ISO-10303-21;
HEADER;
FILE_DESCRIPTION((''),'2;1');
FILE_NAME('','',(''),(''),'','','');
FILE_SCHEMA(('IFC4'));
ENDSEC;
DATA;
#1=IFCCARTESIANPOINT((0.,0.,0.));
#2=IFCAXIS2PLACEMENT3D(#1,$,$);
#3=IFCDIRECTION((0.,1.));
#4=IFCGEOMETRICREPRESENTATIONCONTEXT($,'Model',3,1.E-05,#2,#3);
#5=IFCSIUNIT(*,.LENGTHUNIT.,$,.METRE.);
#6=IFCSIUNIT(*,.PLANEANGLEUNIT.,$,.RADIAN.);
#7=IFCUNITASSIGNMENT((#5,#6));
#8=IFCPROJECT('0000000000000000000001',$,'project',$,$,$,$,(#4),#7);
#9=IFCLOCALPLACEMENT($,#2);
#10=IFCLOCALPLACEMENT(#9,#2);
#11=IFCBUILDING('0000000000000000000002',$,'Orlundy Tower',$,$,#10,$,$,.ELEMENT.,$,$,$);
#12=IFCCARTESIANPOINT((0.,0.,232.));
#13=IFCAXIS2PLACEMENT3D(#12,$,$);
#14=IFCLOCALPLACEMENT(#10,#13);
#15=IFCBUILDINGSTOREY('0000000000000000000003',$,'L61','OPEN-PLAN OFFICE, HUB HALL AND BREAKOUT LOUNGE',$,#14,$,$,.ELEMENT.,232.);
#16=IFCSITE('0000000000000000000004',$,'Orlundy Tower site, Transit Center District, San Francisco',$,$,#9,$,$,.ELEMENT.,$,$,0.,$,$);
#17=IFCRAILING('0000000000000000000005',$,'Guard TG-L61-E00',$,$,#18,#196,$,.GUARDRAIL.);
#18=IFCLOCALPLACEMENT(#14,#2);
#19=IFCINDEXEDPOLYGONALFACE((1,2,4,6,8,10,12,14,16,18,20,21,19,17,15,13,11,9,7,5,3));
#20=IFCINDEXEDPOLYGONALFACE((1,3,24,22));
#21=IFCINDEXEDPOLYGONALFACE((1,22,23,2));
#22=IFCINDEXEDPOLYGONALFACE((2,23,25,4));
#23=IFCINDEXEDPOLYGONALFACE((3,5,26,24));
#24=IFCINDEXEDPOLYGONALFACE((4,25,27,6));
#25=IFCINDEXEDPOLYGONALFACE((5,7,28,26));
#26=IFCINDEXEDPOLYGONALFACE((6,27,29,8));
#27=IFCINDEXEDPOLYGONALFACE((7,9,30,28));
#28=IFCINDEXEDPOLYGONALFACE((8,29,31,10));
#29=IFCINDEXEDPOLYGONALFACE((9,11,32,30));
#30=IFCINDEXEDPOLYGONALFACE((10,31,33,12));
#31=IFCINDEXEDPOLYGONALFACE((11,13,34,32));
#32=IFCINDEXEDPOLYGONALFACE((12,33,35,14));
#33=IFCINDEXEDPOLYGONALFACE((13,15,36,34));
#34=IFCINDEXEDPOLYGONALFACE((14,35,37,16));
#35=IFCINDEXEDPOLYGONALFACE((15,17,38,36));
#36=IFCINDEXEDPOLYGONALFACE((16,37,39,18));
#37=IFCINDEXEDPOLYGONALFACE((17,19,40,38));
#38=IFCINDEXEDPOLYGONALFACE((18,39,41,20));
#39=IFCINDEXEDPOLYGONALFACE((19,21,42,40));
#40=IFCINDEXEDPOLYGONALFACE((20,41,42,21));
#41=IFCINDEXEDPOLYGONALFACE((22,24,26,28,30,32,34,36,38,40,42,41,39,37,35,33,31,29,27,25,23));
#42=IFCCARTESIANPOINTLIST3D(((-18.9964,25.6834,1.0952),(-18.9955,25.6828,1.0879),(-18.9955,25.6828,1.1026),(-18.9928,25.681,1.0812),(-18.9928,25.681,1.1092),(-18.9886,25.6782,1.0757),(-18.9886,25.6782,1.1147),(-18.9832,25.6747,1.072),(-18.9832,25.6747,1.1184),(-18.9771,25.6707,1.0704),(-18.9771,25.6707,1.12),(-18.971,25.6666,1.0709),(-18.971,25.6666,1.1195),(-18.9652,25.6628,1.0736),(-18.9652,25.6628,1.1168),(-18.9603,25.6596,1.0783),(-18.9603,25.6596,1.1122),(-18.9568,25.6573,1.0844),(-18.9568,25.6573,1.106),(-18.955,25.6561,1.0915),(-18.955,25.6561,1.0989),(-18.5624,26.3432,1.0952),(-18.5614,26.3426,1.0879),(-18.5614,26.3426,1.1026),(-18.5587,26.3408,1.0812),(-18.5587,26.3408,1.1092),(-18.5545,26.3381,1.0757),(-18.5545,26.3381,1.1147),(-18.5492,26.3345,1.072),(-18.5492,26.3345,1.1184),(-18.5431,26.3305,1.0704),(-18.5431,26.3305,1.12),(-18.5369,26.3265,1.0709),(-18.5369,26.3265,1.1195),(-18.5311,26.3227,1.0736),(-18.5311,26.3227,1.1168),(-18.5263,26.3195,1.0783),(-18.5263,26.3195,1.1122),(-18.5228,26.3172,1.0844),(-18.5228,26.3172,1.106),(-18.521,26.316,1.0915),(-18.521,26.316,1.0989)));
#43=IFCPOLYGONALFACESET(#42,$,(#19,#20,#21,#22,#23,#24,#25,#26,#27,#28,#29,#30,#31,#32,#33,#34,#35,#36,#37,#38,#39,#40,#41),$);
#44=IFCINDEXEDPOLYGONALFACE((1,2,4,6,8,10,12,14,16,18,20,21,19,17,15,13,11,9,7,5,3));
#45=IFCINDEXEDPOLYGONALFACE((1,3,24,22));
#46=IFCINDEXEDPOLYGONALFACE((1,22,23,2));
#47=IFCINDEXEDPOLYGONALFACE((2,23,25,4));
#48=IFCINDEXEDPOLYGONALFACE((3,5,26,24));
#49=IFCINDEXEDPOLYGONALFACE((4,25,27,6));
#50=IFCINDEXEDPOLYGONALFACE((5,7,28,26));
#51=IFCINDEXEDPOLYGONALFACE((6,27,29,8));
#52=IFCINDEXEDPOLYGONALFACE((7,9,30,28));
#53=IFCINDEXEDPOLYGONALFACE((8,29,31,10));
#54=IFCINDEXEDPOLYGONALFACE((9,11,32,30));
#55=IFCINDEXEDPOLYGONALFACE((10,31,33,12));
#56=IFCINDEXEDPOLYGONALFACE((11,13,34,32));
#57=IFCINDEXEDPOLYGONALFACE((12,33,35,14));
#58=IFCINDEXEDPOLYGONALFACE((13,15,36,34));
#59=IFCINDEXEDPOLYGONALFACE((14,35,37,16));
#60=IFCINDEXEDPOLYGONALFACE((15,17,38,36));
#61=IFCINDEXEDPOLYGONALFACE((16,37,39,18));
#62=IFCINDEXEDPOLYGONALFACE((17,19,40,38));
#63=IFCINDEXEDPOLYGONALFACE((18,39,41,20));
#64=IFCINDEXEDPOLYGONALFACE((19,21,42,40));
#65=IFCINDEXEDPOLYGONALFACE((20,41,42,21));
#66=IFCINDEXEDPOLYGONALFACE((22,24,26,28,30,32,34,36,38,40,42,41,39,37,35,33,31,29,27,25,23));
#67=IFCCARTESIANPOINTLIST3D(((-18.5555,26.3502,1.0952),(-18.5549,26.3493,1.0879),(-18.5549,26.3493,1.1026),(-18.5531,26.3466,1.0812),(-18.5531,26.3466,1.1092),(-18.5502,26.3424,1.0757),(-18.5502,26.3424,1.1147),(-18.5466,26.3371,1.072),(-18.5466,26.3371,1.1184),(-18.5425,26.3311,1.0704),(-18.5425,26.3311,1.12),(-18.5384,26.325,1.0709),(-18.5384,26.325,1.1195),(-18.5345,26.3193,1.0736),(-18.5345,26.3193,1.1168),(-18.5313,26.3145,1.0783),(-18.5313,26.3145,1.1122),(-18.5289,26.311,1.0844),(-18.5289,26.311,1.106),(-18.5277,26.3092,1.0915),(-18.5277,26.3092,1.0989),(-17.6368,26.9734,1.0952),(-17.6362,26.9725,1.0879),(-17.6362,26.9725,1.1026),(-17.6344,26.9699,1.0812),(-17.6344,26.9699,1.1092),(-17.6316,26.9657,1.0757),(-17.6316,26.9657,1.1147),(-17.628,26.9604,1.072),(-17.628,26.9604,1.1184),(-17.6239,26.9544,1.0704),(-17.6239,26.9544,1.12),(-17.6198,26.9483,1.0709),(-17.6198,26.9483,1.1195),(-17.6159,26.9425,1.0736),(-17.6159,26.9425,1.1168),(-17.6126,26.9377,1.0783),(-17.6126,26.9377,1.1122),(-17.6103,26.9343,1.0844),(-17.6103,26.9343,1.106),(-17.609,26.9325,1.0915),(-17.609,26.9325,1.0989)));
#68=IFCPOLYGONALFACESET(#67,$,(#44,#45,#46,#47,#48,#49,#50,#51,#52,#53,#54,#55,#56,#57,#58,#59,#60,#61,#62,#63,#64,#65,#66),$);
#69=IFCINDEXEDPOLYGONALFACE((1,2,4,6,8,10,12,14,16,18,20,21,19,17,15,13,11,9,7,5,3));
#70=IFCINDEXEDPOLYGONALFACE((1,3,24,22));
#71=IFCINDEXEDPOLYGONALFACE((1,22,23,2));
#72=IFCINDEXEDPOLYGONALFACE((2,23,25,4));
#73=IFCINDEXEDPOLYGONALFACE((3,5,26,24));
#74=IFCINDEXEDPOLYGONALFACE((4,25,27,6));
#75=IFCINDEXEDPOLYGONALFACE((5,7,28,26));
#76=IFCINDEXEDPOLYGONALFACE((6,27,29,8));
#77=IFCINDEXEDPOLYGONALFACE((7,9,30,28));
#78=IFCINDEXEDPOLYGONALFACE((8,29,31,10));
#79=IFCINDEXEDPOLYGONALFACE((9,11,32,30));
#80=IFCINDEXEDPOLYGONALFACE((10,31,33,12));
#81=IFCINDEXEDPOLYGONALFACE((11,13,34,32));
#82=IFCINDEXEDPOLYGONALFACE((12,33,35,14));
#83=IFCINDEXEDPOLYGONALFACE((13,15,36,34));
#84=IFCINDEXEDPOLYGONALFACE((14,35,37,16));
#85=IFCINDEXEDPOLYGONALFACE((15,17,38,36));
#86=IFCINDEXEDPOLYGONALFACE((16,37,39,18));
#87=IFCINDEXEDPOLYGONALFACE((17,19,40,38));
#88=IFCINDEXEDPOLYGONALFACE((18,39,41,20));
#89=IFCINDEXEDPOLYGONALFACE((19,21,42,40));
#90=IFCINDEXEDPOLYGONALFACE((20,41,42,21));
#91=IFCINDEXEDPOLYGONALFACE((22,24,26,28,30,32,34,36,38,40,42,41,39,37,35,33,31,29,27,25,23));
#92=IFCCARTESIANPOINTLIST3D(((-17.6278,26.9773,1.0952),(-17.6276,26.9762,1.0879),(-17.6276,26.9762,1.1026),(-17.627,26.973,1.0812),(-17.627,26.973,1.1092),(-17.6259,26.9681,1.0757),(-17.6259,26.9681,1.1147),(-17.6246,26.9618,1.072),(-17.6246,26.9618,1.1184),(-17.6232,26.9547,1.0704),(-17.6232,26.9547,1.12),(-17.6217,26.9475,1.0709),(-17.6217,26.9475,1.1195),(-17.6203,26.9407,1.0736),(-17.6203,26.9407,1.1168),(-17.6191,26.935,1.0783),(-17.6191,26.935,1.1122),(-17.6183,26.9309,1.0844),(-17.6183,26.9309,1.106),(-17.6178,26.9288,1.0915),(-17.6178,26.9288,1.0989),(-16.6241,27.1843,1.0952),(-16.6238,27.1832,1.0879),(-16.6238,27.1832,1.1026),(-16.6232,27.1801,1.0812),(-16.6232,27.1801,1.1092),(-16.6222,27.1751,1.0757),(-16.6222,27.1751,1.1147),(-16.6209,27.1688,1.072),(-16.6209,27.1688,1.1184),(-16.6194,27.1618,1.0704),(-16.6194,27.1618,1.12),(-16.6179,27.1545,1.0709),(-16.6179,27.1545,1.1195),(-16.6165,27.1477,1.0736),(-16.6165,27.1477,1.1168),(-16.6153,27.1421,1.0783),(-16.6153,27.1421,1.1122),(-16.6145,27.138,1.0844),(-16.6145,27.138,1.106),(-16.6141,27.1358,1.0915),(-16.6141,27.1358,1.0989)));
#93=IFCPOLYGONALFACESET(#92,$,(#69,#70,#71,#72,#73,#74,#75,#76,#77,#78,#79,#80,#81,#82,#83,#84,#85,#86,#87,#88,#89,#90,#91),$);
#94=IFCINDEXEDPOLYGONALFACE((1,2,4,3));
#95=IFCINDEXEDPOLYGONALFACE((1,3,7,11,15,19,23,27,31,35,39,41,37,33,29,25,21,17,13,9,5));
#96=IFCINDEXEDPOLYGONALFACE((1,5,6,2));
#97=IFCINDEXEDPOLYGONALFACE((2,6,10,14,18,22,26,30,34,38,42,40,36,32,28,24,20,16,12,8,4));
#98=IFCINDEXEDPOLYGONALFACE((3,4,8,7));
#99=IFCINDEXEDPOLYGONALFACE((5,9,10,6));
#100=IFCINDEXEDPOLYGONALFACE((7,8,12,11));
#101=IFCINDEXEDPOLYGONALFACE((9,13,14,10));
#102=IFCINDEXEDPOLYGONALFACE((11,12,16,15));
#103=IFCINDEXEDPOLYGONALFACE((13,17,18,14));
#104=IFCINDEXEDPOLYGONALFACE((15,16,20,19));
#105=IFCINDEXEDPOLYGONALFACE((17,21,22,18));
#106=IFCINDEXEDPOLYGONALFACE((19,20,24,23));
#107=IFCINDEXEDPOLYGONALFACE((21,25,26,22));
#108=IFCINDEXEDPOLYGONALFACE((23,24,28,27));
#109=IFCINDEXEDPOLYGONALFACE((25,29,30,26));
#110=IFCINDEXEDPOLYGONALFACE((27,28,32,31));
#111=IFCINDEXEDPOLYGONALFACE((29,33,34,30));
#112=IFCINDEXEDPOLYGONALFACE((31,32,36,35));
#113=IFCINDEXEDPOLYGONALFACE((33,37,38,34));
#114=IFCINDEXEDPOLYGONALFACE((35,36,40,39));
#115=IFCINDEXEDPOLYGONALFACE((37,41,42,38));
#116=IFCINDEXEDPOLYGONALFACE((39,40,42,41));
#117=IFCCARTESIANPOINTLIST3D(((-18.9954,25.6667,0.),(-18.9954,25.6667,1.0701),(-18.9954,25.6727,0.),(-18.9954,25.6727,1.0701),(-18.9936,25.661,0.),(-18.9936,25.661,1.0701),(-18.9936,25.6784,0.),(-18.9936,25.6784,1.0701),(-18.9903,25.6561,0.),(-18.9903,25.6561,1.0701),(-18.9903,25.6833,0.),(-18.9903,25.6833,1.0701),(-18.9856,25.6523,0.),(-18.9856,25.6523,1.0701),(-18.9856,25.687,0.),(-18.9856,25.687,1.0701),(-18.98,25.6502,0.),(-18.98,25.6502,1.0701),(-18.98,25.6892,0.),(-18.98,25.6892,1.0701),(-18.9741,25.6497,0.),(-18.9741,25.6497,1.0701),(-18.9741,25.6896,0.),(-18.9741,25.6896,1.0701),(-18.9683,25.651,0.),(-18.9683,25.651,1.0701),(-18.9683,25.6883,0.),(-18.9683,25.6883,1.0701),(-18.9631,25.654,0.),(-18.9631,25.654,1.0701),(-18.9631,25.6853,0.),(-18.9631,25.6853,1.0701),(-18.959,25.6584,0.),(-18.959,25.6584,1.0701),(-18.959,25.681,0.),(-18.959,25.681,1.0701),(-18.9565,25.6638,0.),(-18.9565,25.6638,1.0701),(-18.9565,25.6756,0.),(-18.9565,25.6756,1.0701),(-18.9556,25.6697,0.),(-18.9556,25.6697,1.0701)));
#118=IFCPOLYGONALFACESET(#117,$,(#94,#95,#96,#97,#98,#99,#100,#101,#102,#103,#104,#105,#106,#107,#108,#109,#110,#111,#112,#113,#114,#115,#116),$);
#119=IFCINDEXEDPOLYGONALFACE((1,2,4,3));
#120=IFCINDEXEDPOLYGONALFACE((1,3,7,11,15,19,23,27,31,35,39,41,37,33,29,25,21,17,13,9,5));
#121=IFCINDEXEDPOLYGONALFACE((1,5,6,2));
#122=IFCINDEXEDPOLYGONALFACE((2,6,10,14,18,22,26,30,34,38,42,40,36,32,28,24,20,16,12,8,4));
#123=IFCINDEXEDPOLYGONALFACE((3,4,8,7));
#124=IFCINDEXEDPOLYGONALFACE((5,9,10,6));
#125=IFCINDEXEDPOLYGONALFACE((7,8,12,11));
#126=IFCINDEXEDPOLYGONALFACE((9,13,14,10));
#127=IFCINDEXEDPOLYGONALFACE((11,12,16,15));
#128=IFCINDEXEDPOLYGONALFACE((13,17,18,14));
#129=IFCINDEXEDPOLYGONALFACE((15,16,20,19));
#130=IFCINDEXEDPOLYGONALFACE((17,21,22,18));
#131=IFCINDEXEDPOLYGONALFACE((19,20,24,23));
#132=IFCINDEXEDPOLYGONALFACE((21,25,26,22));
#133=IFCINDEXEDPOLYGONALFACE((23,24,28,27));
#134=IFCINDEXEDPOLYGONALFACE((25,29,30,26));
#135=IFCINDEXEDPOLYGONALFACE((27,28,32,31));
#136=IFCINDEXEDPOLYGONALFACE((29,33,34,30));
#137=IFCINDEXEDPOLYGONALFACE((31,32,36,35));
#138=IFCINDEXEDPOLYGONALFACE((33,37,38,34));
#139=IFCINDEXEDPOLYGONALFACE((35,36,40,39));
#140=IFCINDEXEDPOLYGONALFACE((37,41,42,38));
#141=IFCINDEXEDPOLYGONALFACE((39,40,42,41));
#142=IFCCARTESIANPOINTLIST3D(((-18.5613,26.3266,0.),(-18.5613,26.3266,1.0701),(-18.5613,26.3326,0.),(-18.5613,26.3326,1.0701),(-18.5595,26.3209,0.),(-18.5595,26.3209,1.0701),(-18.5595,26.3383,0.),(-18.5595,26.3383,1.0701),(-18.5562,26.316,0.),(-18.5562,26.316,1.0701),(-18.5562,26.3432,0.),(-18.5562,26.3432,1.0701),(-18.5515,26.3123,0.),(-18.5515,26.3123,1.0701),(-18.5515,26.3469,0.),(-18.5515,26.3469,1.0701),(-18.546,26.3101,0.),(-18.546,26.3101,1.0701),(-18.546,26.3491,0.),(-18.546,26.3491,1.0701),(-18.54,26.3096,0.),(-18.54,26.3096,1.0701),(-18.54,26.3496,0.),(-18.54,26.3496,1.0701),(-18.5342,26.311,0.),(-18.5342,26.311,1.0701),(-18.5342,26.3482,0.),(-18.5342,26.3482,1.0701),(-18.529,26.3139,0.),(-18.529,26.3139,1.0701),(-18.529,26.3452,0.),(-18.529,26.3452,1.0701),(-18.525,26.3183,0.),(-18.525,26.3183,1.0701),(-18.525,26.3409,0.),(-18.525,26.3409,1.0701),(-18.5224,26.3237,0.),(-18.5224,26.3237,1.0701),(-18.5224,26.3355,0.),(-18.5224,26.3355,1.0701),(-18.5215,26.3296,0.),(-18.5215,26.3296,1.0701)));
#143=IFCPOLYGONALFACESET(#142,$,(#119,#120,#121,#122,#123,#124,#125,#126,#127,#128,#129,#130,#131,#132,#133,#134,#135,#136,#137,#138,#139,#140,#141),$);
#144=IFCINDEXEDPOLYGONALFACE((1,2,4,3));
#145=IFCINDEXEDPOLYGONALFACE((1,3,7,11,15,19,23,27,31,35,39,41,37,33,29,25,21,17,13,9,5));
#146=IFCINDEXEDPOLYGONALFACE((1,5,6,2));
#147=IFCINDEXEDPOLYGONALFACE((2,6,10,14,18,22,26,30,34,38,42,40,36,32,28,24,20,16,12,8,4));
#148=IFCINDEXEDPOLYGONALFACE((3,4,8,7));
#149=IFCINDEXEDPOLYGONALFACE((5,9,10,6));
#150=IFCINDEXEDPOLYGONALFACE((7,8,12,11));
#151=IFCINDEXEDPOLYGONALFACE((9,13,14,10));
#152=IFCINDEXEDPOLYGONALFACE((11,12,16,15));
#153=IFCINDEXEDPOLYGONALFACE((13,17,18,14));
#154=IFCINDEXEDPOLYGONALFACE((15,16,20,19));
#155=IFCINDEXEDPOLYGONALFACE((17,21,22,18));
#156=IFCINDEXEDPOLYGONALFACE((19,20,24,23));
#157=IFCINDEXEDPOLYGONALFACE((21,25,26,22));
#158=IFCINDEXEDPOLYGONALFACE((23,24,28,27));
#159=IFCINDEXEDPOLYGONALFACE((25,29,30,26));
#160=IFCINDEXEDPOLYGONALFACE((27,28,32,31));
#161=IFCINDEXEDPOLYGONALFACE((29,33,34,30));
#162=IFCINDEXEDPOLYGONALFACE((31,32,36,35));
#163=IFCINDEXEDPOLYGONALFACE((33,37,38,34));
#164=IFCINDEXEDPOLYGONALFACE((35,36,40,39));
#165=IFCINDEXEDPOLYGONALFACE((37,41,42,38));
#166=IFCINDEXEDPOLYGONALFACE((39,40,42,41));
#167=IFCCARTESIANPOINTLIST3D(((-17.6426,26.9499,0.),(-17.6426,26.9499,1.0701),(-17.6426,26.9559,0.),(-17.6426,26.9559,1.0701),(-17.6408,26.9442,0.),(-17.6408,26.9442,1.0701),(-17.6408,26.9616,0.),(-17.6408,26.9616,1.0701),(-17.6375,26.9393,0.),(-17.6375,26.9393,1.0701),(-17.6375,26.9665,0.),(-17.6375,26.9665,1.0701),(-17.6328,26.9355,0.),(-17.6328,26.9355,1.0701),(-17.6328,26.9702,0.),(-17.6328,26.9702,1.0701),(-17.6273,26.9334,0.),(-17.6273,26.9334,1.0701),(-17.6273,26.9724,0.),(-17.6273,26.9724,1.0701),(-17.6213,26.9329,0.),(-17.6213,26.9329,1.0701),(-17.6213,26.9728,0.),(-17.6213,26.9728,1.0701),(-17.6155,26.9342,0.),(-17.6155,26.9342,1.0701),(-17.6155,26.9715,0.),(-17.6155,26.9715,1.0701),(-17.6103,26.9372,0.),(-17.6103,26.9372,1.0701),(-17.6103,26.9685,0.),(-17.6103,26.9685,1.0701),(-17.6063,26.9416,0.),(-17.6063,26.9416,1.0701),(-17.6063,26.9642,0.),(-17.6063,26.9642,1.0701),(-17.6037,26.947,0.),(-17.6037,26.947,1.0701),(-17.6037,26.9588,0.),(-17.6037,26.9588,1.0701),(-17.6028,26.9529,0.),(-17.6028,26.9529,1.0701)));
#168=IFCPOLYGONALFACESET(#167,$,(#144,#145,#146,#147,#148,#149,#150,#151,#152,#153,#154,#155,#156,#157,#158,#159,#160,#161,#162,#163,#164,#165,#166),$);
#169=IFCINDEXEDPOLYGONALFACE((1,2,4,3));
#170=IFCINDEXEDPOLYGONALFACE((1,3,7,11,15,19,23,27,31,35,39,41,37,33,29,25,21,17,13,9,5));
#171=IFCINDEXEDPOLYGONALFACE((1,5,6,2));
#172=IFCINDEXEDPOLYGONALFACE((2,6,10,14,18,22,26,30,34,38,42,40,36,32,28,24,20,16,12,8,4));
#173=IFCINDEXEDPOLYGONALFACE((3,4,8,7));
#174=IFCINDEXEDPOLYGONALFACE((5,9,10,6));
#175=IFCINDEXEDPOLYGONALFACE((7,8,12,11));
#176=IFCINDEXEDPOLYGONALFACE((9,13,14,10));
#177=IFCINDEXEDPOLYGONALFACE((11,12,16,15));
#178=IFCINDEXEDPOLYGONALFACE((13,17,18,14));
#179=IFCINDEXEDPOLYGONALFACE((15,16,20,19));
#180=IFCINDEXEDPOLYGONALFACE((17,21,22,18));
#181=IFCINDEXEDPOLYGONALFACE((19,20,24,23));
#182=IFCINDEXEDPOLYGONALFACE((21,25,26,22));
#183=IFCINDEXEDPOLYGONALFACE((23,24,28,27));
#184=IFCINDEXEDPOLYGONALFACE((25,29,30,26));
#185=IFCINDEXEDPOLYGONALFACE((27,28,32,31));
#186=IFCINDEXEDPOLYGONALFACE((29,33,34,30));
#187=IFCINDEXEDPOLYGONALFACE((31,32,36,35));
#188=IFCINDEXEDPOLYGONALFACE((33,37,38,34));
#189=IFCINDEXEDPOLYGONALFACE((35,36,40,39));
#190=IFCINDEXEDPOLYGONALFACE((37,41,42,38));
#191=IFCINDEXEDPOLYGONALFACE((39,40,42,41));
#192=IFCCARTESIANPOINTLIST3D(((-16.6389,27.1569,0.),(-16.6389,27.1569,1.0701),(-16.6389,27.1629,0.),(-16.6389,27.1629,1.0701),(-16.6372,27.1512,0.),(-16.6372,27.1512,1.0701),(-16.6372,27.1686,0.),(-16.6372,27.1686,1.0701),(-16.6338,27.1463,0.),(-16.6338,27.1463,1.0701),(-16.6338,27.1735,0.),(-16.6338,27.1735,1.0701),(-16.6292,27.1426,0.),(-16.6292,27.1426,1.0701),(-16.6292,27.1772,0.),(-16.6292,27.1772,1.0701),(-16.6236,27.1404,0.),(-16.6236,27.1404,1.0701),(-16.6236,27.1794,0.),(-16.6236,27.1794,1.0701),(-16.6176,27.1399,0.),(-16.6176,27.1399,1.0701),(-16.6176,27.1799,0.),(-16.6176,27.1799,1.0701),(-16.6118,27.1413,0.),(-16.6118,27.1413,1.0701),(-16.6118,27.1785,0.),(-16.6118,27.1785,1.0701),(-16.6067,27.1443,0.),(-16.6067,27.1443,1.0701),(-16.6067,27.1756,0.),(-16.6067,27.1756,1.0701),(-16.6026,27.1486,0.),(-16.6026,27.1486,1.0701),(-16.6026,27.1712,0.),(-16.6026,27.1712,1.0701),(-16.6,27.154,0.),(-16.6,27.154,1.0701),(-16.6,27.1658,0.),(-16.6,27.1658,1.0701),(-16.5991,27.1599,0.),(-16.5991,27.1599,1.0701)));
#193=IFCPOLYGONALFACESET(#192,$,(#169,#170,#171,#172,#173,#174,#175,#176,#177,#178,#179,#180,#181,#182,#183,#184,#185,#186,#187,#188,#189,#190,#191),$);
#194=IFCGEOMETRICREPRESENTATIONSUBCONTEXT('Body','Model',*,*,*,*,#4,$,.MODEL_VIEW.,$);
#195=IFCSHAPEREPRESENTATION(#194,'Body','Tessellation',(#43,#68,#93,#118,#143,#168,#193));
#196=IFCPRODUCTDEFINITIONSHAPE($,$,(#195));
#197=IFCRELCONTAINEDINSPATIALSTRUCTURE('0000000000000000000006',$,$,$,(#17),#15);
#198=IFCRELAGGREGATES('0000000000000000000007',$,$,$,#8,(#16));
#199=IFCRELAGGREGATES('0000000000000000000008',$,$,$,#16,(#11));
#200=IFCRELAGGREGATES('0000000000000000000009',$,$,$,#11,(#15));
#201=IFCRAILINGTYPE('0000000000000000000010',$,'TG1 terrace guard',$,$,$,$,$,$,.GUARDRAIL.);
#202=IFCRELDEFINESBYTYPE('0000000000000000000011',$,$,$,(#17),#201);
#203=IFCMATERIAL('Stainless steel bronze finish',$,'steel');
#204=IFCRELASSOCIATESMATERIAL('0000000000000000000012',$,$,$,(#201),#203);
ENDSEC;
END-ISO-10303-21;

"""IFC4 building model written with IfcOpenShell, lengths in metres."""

from ifc_helpers import new_model, si_unit, direction, frame, origin, origin_2d, place, context, subcontext, project, spatial, circle, extrude, material, type_object, element, save


model = new_model("IFC4")

# Units and contexts
model_context = context("Model", 3, precision=1e-05, world=origin(), true_north=direction((0.0, 1.0)))
body_context = subcontext(model_context, "Body", "Model", "MODEL_VIEW")
ifc_project = project(units=[si_unit("LENGTHUNIT", "METRE"), si_unit("PLANEANGLEUNIT", "RADIAN")], contexts=[model_context])

# Site, building, storey
site_placement = place(None, origin())
site = spatial("IfcSite", under=ifc_project, at=site_placement, Name="Orlundy Tower site, Transit Center District, San Francisco", CompositionType="ELEMENT", RefElevation=0.0)
building_placement = place(site_placement, origin())
building = spatial("IfcBuilding", under=site, at=building_placement, Name="Orlundy Tower", CompositionType="ELEMENT")
storey_placement = place(building_placement, frame((0.0, 0.0, 232.0)))
storey = spatial("IfcBuildingStorey", under=building, at=storey_placement, Name="L61", Description="OPEN-PLAN OFFICE, HUB HALL AND BREAKOUT LOUNGE", CompositionType="ELEMENT", Elevation=232.0)

# Railing
ifc_material_1 = material(Name="Stainless steel bronze finish", Category="steel")
railing_type = type_object("IfcRailingType", Name="TG1 terrace guard", PredefinedType="GUARDRAIL", material=ifc_material_1)
railing_1_placement = place(storey_placement, frame((-18.9756, 25.6697, 0.0)))
element("IfcRailing", 1, at=railing_1_placement, inside=storey, type_object=railing_type, Name="Guard TG-L61-E00", PredefinedType="GUARDRAIL", context=body_context, shape_type="SweptSolid", body=[
    extrude(circle(Radius=0.0249, at=origin_2d()), frame((0.0, 0.0, 1.0952), z_axis=(0.549554, 0.835458, 0.0), x_axis=(-0.835458, 0.549554, 0.0)), (0.0, 0.0, 1.0), 0.7898),
    extrude(circle(Radius=0.0249, at=origin_2d()), frame((0.4341, 0.6599, 1.0952), z_axis=(0.827523, 0.561432, 0.0), x_axis=(-0.561432, 0.827523, 0.0)), (0.0, 0.0, 1.0), 1.1101),
    extrude(circle(Radius=0.0249, at=origin_2d()), frame((1.3528, 1.2832, 1.0952), z_axis=(0.979381, 0.202023, 0.0), x_axis=(-0.202023, 0.979381, 0.0)), (0.0, 0.0, 1.0), 1.0249),
    extrude(circle(Radius=0.02, at=origin_2d()), origin(), (0.0, 0.0, 1.0), 1.0701),
    extrude(circle(Radius=0.02, at=origin_2d()), frame((0.4341, 0.6599, 0.0)), (0.0, 0.0, 1.0), 1.0701),
    extrude(circle(Radius=0.02, at=origin_2d()), frame((1.3528, 1.2832, 0.0)), (0.0, 0.0, 1.0), 1.0701),
    extrude(circle(Radius=0.02, at=origin_2d()), frame((2.3564, 1.4902, 0.0)), (0.0, 0.0, 1.0), 1.0701),
])

save(model, "model.ifc")
